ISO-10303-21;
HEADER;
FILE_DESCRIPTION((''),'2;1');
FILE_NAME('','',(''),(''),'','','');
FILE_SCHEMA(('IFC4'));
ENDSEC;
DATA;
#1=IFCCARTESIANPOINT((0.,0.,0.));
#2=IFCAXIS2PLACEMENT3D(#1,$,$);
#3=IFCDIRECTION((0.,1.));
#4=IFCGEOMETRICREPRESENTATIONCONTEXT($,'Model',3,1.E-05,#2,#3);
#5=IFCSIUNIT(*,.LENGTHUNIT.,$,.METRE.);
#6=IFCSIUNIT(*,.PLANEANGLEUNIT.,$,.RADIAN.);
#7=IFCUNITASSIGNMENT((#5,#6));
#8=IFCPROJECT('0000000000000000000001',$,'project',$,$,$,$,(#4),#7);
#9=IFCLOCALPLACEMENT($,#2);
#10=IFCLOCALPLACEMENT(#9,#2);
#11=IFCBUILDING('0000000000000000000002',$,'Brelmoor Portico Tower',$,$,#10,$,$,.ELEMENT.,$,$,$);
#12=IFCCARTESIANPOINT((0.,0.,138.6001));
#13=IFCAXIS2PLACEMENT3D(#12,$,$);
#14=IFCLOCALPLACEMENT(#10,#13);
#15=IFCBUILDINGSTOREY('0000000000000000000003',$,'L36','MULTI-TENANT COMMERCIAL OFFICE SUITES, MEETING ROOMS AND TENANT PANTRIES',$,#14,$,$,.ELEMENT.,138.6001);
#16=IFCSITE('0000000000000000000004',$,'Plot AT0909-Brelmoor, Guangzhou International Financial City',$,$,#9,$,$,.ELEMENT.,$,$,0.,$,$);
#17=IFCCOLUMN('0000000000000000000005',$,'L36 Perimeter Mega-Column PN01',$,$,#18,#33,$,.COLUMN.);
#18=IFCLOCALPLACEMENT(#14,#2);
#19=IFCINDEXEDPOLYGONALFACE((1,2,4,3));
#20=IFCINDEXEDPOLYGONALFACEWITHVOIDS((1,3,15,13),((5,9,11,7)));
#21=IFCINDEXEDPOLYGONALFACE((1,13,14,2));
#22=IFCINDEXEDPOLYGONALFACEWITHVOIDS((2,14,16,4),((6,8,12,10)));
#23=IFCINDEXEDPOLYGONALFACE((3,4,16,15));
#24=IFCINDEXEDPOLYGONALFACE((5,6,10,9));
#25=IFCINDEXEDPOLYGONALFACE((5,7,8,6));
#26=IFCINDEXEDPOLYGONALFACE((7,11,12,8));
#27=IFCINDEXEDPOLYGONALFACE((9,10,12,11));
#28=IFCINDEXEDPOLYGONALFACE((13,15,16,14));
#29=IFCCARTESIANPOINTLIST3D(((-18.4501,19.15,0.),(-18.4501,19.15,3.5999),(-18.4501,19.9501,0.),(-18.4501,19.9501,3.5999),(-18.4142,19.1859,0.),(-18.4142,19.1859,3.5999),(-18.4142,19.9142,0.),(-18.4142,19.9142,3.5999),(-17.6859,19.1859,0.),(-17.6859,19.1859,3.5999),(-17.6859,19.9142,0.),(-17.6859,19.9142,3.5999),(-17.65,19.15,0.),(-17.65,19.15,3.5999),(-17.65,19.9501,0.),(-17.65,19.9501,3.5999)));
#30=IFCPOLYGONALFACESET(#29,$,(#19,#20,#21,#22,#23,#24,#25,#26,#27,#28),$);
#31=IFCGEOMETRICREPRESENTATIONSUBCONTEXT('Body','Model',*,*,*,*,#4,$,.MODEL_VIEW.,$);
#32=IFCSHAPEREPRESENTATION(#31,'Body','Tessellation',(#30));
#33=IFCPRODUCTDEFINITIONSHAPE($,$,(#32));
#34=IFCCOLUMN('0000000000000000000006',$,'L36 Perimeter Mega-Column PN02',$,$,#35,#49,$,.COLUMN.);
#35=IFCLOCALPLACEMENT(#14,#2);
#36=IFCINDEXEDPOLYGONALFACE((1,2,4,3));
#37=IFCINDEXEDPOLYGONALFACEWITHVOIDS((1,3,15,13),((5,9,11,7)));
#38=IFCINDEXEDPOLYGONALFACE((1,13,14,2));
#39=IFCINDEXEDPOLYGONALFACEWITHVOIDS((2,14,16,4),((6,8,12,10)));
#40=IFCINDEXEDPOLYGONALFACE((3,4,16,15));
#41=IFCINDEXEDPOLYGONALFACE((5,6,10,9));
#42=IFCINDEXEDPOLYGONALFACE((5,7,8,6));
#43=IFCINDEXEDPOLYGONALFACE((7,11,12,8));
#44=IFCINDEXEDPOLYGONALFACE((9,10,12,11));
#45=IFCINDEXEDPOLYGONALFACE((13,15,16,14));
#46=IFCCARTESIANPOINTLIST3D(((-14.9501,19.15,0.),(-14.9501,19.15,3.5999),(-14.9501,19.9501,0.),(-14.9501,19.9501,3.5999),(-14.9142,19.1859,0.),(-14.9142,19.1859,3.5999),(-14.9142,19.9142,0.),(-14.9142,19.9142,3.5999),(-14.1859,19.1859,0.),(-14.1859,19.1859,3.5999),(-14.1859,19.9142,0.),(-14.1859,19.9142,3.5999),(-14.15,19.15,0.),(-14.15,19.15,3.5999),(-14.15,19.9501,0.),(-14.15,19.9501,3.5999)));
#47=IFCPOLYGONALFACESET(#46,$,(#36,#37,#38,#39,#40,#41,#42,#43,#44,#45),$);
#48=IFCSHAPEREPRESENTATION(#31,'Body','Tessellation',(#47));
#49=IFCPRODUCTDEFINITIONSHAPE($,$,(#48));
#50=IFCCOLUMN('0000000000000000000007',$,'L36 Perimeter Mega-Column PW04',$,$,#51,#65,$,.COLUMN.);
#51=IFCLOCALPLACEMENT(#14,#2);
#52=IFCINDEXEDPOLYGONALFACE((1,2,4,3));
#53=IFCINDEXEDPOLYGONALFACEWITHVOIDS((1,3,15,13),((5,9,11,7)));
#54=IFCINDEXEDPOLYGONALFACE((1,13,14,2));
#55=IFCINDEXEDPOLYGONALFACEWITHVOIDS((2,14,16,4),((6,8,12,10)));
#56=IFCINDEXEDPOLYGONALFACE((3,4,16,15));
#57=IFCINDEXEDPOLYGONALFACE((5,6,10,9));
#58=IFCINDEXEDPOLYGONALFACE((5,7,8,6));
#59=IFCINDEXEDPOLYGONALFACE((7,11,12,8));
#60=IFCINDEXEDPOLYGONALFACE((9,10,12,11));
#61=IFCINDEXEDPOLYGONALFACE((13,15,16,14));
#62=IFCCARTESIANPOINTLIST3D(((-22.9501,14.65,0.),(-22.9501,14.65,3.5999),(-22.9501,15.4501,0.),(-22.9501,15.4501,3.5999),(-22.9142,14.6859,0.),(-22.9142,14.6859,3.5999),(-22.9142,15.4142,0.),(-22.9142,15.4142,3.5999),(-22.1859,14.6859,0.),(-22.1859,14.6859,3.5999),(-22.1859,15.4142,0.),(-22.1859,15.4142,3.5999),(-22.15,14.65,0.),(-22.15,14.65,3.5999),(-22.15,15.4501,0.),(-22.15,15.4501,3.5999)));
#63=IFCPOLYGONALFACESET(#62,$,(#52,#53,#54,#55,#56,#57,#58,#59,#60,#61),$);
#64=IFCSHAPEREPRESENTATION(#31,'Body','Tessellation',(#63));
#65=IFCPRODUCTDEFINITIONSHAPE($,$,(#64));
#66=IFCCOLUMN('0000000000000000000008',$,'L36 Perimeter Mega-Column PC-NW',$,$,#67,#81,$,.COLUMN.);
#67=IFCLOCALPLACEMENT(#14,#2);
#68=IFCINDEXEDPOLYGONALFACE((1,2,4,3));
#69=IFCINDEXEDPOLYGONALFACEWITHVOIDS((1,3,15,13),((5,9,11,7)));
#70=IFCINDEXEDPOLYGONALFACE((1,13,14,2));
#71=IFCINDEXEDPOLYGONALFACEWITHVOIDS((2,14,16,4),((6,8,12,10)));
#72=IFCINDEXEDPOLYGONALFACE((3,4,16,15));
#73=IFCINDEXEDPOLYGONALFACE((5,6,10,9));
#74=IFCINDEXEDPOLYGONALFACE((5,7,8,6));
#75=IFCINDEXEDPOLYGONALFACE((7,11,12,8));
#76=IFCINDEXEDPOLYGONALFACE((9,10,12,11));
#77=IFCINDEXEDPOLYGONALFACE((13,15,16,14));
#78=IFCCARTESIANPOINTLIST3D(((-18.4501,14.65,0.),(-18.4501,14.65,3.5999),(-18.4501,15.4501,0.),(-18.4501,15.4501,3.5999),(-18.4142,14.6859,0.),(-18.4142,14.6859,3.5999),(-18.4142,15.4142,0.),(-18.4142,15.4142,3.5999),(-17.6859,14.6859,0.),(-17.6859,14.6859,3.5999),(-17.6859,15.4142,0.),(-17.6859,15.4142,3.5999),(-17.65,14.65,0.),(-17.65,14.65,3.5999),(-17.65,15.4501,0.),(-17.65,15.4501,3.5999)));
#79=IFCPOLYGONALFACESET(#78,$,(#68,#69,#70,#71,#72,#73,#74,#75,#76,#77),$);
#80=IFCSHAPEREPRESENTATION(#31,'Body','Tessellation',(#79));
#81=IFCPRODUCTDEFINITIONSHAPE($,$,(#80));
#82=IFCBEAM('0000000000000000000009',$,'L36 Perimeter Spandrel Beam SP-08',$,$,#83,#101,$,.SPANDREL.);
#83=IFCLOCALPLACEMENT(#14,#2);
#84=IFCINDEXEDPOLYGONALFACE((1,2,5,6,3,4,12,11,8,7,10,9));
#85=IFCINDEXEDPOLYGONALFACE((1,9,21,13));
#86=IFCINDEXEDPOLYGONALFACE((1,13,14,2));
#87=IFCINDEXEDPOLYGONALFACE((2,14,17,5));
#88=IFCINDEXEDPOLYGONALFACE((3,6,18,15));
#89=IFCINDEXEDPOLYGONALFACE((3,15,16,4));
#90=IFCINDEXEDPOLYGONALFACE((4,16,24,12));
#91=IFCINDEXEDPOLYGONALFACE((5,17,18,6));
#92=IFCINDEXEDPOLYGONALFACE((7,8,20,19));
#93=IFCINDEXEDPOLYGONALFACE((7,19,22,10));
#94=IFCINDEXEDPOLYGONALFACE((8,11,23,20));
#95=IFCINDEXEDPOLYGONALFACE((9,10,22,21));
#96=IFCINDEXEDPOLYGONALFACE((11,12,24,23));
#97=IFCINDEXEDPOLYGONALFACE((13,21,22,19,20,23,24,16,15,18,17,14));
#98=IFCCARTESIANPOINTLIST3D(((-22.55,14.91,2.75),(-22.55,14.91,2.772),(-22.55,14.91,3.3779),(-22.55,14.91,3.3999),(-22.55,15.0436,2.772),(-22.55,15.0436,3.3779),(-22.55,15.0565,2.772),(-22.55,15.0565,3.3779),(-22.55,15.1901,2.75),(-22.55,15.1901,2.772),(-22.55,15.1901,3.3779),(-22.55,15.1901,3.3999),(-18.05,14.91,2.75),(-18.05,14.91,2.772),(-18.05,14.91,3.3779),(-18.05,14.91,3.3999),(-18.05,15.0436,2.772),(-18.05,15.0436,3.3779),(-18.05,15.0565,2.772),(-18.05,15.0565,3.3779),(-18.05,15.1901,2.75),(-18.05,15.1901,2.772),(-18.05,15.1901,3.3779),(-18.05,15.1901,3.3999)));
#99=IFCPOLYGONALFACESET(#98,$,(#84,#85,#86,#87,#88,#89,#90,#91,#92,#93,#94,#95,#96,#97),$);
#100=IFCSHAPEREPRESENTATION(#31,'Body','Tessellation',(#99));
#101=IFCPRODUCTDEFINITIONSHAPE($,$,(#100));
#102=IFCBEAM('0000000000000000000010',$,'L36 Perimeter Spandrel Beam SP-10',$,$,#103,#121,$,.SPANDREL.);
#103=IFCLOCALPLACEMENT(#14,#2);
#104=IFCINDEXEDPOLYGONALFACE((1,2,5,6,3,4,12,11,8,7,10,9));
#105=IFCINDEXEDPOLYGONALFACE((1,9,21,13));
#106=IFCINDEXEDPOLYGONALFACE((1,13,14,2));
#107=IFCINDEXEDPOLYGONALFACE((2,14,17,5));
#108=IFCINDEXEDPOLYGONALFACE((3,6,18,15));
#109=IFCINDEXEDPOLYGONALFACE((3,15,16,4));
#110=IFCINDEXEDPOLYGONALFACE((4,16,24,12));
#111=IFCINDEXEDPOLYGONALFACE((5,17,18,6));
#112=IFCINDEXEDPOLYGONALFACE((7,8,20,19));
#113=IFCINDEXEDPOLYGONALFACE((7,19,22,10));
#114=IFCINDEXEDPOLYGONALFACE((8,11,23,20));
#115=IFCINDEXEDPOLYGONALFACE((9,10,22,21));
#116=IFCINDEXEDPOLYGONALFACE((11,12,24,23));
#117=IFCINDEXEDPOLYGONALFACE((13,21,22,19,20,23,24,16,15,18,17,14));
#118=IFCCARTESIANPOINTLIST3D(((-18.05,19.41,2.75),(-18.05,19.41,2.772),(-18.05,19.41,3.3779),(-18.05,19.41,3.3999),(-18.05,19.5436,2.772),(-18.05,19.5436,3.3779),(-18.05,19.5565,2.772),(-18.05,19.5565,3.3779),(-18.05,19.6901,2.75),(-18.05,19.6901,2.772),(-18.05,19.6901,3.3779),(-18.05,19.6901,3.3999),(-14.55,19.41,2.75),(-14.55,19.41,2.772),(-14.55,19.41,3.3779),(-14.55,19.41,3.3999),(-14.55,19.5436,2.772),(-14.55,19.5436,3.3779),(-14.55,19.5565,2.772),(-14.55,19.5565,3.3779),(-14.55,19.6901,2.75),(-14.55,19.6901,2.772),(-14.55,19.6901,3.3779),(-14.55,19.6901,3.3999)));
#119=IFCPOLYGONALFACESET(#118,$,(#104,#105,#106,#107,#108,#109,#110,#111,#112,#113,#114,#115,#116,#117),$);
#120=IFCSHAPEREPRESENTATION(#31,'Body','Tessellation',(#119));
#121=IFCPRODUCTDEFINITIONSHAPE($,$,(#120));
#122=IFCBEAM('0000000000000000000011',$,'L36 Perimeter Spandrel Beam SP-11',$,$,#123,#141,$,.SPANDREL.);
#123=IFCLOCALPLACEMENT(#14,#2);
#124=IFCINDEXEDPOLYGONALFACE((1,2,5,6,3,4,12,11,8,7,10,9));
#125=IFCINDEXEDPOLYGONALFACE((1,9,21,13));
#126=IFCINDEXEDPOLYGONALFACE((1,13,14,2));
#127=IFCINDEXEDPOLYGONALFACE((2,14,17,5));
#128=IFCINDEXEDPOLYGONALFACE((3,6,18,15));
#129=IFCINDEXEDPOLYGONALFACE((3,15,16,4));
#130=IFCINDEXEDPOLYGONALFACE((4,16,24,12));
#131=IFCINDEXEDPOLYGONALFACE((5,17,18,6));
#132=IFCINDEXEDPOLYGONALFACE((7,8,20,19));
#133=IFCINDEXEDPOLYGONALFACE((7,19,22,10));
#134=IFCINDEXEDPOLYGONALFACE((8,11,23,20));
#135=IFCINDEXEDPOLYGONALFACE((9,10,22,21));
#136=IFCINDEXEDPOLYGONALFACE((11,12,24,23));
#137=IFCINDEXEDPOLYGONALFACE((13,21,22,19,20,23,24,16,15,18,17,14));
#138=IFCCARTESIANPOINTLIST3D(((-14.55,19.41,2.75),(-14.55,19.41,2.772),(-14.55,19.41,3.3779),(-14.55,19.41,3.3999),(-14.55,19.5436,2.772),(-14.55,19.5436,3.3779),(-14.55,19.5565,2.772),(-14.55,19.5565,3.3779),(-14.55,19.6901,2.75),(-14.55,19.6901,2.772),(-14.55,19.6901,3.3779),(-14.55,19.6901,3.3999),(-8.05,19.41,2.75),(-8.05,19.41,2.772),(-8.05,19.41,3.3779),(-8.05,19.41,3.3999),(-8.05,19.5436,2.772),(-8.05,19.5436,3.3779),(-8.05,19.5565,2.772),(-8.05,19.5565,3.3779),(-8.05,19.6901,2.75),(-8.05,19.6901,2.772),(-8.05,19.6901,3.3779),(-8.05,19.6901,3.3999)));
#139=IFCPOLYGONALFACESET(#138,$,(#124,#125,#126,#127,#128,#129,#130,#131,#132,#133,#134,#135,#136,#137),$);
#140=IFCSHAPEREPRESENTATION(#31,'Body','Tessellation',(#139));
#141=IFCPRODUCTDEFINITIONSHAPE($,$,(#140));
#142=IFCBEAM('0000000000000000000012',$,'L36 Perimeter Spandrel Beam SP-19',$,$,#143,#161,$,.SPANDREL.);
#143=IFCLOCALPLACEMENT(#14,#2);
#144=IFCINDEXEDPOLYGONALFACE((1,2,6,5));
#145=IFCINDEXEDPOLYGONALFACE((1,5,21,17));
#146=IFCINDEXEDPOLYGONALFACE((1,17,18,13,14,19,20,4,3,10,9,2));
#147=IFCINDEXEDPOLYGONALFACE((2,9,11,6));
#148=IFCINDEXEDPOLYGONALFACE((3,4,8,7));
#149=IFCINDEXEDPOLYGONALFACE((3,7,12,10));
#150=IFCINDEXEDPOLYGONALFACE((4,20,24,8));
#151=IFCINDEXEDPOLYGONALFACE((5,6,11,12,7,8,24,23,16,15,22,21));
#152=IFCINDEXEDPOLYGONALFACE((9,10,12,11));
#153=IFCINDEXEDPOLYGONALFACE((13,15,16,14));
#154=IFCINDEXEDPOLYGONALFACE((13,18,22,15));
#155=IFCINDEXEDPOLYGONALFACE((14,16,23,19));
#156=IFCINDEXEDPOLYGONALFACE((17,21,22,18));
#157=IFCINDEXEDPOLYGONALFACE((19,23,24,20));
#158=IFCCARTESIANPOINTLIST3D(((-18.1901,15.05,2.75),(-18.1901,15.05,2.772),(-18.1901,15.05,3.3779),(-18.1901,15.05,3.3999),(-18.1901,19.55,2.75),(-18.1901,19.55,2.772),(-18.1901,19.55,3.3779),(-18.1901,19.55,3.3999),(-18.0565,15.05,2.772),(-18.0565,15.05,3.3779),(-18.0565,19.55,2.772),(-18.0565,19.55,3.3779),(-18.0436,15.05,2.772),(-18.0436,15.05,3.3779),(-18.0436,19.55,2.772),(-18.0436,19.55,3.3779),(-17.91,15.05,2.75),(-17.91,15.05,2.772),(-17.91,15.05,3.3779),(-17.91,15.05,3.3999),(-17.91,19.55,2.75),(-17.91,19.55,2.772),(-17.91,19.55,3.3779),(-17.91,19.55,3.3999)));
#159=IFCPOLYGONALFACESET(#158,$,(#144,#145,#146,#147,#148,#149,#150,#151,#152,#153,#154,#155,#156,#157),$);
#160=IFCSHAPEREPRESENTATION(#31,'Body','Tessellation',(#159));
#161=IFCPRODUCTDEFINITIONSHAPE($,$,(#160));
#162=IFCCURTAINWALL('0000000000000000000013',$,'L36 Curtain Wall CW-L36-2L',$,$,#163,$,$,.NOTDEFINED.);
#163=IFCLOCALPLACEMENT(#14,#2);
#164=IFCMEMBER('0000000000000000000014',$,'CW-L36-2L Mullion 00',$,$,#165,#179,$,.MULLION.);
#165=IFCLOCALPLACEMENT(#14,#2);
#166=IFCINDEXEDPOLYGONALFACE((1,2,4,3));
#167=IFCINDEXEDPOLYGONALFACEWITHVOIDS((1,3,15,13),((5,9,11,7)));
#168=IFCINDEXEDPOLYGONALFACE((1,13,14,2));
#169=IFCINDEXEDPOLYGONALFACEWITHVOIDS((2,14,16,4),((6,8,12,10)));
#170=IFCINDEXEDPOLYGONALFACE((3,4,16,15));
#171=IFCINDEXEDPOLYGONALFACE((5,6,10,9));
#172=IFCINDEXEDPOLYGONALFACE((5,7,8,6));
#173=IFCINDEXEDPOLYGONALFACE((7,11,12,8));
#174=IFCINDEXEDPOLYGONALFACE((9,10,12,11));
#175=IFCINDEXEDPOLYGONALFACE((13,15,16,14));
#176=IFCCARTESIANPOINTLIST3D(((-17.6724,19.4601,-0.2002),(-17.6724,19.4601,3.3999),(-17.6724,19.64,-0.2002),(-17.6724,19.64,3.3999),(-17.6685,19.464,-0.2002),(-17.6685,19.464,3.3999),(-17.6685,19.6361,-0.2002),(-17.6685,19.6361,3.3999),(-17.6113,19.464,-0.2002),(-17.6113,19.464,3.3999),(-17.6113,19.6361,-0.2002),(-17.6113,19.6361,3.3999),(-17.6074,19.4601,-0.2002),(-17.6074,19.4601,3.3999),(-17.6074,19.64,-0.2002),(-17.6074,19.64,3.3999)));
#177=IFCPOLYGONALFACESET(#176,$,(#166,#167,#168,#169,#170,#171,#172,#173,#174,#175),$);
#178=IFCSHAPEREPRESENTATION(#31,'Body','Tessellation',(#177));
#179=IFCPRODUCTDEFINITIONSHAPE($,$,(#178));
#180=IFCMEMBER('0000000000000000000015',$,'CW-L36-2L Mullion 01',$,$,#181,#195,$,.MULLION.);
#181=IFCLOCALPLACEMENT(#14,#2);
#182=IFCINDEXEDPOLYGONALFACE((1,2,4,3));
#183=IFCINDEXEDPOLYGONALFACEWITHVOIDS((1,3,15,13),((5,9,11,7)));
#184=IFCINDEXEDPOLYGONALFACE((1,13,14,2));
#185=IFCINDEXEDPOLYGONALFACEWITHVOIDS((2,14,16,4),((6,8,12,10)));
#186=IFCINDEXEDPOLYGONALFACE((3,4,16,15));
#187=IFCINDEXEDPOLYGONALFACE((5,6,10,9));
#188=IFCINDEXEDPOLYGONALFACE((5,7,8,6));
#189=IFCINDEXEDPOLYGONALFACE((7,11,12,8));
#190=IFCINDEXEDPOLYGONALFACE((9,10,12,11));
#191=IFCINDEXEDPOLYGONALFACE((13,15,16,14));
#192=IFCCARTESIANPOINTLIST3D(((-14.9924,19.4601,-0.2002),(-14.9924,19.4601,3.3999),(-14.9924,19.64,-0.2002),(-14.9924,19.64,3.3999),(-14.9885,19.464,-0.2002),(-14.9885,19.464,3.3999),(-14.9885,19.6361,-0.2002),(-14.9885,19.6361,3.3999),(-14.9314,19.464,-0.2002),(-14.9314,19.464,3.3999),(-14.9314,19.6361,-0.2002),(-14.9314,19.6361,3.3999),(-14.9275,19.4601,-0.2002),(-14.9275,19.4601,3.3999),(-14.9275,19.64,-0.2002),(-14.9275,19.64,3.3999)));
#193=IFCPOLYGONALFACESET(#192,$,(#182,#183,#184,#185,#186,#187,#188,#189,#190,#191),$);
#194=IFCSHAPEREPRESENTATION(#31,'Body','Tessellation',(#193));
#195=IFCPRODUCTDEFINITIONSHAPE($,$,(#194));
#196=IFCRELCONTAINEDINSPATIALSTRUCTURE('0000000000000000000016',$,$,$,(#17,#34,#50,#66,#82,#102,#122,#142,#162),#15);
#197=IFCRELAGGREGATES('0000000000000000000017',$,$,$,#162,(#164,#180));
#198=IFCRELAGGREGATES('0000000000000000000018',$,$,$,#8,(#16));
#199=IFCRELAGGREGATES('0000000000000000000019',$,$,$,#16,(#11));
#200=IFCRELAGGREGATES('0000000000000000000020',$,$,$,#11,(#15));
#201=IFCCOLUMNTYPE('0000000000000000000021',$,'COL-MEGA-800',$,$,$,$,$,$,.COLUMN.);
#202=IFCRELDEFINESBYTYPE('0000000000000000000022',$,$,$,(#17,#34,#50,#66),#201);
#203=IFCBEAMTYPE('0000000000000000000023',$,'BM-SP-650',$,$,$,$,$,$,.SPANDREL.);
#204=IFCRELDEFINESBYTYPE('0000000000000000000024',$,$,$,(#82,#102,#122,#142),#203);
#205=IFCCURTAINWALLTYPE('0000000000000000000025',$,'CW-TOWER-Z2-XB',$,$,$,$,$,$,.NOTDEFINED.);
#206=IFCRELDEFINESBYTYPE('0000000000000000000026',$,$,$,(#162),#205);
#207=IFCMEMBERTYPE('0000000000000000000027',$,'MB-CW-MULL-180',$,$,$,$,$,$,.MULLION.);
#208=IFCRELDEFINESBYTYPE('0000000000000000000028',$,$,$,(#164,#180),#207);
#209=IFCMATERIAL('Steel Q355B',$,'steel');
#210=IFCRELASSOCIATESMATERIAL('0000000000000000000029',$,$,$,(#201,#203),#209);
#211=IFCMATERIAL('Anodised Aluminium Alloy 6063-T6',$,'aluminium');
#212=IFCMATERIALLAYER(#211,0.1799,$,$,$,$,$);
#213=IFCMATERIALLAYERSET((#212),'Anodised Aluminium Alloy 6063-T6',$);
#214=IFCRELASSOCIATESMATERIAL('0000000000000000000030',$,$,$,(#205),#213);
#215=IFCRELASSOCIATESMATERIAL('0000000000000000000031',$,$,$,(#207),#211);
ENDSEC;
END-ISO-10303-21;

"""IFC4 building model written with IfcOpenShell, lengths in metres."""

from ifc_helpers import new_model, si_unit, direction, frame, origin, origin_2d, place, context, subcontext, project, spatial, hollow_rectangle, i_section, extrude, material, layer, layer_set, material_profile, profile_set, type_object, element, aggregate, save


model = new_model("IFC4")

# Units and contexts
model_context = context("Model", 3, precision=1e-05, world=origin(), true_north=direction((0.0, 1.0)))
body_context = subcontext(model_context, "Body", "Model", "MODEL_VIEW")
ifc_project = project(units=[si_unit("LENGTHUNIT", "METRE"), si_unit("PLANEANGLEUNIT", "RADIAN")], contexts=[model_context])

# Site, building, storey
site_placement = place(None, origin())
site = spatial("IfcSite", under=ifc_project, at=site_placement, Name="Plot AT0909-Brelmoor, Guangzhou International Financial City", CompositionType="ELEMENT", RefElevation=0.0)
building_placement = place(site_placement, origin())
building = spatial("IfcBuilding", under=site, at=building_placement, Name="Brelmoor Portico Tower", CompositionType="ELEMENT")
storey_placement = place(building_placement, frame((0.0, 0.0, 138.6001)))
storey = spatial("IfcBuildingStorey", under=building, at=storey_placement, Name="L36", Description="MULTI-TENANT COMMERCIAL OFFICE SUITES, MEETING ROOMS AND TENANT PANTRIES", CompositionType="ELEMENT", Elevation=138.6001)

# Columns
ifc_material_1 = material(Name="Steel Q355B", Category="steel")
ifc_material_profile_1 = material_profile(ifc_material_1, hollow_rectangle(XDim=0.8, YDim=0.8, WallThickness=0.0359, at=origin_2d()), Name="BOX 800x800x36")
ifc_profile_set_1 = profile_set([ifc_material_profile_1], Name="Steel Q355B")
column_type = type_object("IfcColumnType", Name="COL-MEGA-800", PredefinedType="COLUMN", material=ifc_profile_set_1)
for number, where, z_axis, x_axis, name in (
    (1, (-18.05, 19.55, 0.0), (0.0, 0.0, 1.0), (1.0, 0.0, 0.0), "L36 Perimeter Mega-Column PN01"),
    (2, (-14.55, 19.55, 0.0), (0.0, 0.0, 1.0), (1.0, 0.0, 0.0), "L36 Perimeter Mega-Column PN02"),
    (3, (-22.55, 15.05, 0.0), (0.0, 0.0, 1.0), (0.0, 1.0, 0.0), "L36 Perimeter Mega-Column PW04"),
    (4, (-18.05, 15.05, 0.0), (0.0, 0.0, 1.0), (1.0, 0.0, 0.0), "L36 Perimeter Mega-Column PC-NW"),
):
    element("IfcColumn", number, at=place(storey_placement, frame(where, z_axis=z_axis, x_axis=x_axis)), inside=storey, type_object=column_type, Name=name, PredefinedType="COLUMN", context=body_context, shape_type="SweptSolid", body=[
        extrude(hollow_rectangle(XDim=0.8, YDim=0.8, WallThickness=0.0359, at=origin_2d()), origin(), (0.0, 0.0, 1.0), 3.5999),
    ])

# Beams
ifc_material_profile_2 = material_profile(ifc_material_1, i_section(OverallWidth=0.28, OverallDepth=0.6499, WebThickness=0.0129, FlangeThickness=0.022, at=origin_2d()), Name="HN 650x280x13x22")
ifc_profile_set_2 = profile_set([ifc_material_profile_2], Name="Steel Q355B")
beam_type = type_object("IfcBeamType", Name="BM-SP-650", PredefinedType="SPANDREL", material=ifc_profile_set_2)
beam_1_placement = place(storey_placement, frame((-22.55, 15.05, 3.075), z_axis=(1.0, 0.0, 0.0), x_axis=(0.0, 1.0, 0.0)))
element("IfcBeam", 5, at=beam_1_placement, inside=storey, type_object=beam_type, Name="L36 Perimeter Spandrel Beam SP-08", PredefinedType="SPANDREL", context=body_context, shape_type="SweptSolid", body=[
    extrude(i_section(OverallWidth=0.28, OverallDepth=0.6499, WebThickness=0.0129, FlangeThickness=0.022, at=origin_2d()), origin(), (0.0, 0.0, 1.0), 4.5),
])
beam_2_placement = place(storey_placement, frame((-18.05, 19.55, 3.075), z_axis=(1.0, 0.0, 0.0), x_axis=(0.0, 1.0, 0.0)))
element("IfcBeam", 6, at=beam_2_placement, inside=storey, type_object=beam_type, Name="L36 Perimeter Spandrel Beam SP-10", PredefinedType="SPANDREL", context=body_context, shape_type="SweptSolid", body=[
    extrude(i_section(OverallWidth=0.28, OverallDepth=0.6499, WebThickness=0.0129, FlangeThickness=0.022, at=origin_2d()), origin(), (0.0, 0.0, 1.0), 3.5),
])
beam_3_placement = place(storey_placement, frame((-14.55, 19.55, 3.075), z_axis=(1.0, 0.0, 0.0), x_axis=(0.0, 1.0, 0.0)))
element("IfcBeam", 7, at=beam_3_placement, inside=storey, type_object=beam_type, Name="L36 Perimeter Spandrel Beam SP-11", PredefinedType="SPANDREL", context=body_context, shape_type="SweptSolid", body=[
    extrude(i_section(OverallWidth=0.28, OverallDepth=0.6499, WebThickness=0.0129, FlangeThickness=0.022, at=origin_2d()), origin(), (0.0, 0.0, 1.0), 6.5),
])
beam_4_placement = place(storey_placement, frame((-18.05, 15.05, 3.075), z_axis=(0.0, 1.0, 0.0), x_axis=(-1.0, 0.0, 0.0)))
element("IfcBeam", 8, at=beam_4_placement, inside=storey, type_object=beam_type, Name="L36 Perimeter Spandrel Beam SP-19", PredefinedType="SPANDREL", context=body_context, shape_type="SweptSolid", body=[
    extrude(i_section(OverallWidth=0.28, OverallDepth=0.6499, WebThickness=0.0129, FlangeThickness=0.022, at=origin_2d()), origin(), (0.0, 0.0, 1.0), 4.5),
])

# Curtain wall, members
ifc_material_2 = material(Name="Anodised Aluminium Alloy 6063-T6", Category="aluminium")
ifc_layer_1 = layer(ifc_material_2, 0.1799)
ifc_layer_set_1 = layer_set([ifc_layer_1], Name="Anodised Aluminium Alloy 6063-T6")
curtain_wall_type = type_object("IfcCurtainWallType", Name="CW-TOWER-Z2-XB", PredefinedType="NOTDEFINED", material=ifc_layer_set_1)
curtain_wall_1_placement = place(storey_placement, origin())
curtain_wall_1 = element("IfcCurtainWall", 9, at=curtain_wall_1_placement, inside=storey, type_object=curtain_wall_type, Name="L36 Curtain Wall CW-L36-2L", PredefinedType="NOTDEFINED")
ifc_material_profile_3 = material_profile(ifc_material_2, hollow_rectangle(XDim=0.0649, YDim=0.1799, WallThickness=0.0039, at=origin_2d()), Name="ALU MULLION 65x180")
ifc_profile_set_3 = profile_set([ifc_material_profile_3], Name="Anodised Aluminium Alloy 6063-T6")
member_type_1 = type_object("IfcMemberType", Name="MB-CW-MULL-180", PredefinedType="MULLION", material=ifc_profile_set_3)
member_1_placement = place(storey_placement, frame((-17.6399, 19.55, -0.2002), z_axis=(0.0, 0.0, 1.0), x_axis=(1.0, 0.0, 0.0)))
member_1 = element("IfcMember", 10, at=member_1_placement, type_object=member_type_1, Name="CW-L36-2L Mullion 00", PredefinedType="MULLION", context=body_context, shape_type="SweptSolid", body=[
    extrude(hollow_rectangle(XDim=0.0649, YDim=0.1799, WallThickness=0.0039, at=origin_2d()), origin(), (0.0, 0.0, 1.0), 3.6001),
])
member_2_placement = place(storey_placement, frame((-14.96, 19.55, -0.2002), z_axis=(0.0, 0.0, 1.0), x_axis=(1.0, 0.0, 0.0)))
member_2 = element("IfcMember", 11, at=member_2_placement, type_object=member_type_1, Name="CW-L36-2L Mullion 01", PredefinedType="MULLION", context=body_context, shape_type="SweptSolid", body=[
    extrude(hollow_rectangle(XDim=0.0649, YDim=0.1799, WallThickness=0.0039, at=origin_2d()), origin(), (0.0, 0.0, 1.0), 3.6001),
])

aggregate(curtain_wall_1, [member_1, member_2])

save(model, "model.ifc")
